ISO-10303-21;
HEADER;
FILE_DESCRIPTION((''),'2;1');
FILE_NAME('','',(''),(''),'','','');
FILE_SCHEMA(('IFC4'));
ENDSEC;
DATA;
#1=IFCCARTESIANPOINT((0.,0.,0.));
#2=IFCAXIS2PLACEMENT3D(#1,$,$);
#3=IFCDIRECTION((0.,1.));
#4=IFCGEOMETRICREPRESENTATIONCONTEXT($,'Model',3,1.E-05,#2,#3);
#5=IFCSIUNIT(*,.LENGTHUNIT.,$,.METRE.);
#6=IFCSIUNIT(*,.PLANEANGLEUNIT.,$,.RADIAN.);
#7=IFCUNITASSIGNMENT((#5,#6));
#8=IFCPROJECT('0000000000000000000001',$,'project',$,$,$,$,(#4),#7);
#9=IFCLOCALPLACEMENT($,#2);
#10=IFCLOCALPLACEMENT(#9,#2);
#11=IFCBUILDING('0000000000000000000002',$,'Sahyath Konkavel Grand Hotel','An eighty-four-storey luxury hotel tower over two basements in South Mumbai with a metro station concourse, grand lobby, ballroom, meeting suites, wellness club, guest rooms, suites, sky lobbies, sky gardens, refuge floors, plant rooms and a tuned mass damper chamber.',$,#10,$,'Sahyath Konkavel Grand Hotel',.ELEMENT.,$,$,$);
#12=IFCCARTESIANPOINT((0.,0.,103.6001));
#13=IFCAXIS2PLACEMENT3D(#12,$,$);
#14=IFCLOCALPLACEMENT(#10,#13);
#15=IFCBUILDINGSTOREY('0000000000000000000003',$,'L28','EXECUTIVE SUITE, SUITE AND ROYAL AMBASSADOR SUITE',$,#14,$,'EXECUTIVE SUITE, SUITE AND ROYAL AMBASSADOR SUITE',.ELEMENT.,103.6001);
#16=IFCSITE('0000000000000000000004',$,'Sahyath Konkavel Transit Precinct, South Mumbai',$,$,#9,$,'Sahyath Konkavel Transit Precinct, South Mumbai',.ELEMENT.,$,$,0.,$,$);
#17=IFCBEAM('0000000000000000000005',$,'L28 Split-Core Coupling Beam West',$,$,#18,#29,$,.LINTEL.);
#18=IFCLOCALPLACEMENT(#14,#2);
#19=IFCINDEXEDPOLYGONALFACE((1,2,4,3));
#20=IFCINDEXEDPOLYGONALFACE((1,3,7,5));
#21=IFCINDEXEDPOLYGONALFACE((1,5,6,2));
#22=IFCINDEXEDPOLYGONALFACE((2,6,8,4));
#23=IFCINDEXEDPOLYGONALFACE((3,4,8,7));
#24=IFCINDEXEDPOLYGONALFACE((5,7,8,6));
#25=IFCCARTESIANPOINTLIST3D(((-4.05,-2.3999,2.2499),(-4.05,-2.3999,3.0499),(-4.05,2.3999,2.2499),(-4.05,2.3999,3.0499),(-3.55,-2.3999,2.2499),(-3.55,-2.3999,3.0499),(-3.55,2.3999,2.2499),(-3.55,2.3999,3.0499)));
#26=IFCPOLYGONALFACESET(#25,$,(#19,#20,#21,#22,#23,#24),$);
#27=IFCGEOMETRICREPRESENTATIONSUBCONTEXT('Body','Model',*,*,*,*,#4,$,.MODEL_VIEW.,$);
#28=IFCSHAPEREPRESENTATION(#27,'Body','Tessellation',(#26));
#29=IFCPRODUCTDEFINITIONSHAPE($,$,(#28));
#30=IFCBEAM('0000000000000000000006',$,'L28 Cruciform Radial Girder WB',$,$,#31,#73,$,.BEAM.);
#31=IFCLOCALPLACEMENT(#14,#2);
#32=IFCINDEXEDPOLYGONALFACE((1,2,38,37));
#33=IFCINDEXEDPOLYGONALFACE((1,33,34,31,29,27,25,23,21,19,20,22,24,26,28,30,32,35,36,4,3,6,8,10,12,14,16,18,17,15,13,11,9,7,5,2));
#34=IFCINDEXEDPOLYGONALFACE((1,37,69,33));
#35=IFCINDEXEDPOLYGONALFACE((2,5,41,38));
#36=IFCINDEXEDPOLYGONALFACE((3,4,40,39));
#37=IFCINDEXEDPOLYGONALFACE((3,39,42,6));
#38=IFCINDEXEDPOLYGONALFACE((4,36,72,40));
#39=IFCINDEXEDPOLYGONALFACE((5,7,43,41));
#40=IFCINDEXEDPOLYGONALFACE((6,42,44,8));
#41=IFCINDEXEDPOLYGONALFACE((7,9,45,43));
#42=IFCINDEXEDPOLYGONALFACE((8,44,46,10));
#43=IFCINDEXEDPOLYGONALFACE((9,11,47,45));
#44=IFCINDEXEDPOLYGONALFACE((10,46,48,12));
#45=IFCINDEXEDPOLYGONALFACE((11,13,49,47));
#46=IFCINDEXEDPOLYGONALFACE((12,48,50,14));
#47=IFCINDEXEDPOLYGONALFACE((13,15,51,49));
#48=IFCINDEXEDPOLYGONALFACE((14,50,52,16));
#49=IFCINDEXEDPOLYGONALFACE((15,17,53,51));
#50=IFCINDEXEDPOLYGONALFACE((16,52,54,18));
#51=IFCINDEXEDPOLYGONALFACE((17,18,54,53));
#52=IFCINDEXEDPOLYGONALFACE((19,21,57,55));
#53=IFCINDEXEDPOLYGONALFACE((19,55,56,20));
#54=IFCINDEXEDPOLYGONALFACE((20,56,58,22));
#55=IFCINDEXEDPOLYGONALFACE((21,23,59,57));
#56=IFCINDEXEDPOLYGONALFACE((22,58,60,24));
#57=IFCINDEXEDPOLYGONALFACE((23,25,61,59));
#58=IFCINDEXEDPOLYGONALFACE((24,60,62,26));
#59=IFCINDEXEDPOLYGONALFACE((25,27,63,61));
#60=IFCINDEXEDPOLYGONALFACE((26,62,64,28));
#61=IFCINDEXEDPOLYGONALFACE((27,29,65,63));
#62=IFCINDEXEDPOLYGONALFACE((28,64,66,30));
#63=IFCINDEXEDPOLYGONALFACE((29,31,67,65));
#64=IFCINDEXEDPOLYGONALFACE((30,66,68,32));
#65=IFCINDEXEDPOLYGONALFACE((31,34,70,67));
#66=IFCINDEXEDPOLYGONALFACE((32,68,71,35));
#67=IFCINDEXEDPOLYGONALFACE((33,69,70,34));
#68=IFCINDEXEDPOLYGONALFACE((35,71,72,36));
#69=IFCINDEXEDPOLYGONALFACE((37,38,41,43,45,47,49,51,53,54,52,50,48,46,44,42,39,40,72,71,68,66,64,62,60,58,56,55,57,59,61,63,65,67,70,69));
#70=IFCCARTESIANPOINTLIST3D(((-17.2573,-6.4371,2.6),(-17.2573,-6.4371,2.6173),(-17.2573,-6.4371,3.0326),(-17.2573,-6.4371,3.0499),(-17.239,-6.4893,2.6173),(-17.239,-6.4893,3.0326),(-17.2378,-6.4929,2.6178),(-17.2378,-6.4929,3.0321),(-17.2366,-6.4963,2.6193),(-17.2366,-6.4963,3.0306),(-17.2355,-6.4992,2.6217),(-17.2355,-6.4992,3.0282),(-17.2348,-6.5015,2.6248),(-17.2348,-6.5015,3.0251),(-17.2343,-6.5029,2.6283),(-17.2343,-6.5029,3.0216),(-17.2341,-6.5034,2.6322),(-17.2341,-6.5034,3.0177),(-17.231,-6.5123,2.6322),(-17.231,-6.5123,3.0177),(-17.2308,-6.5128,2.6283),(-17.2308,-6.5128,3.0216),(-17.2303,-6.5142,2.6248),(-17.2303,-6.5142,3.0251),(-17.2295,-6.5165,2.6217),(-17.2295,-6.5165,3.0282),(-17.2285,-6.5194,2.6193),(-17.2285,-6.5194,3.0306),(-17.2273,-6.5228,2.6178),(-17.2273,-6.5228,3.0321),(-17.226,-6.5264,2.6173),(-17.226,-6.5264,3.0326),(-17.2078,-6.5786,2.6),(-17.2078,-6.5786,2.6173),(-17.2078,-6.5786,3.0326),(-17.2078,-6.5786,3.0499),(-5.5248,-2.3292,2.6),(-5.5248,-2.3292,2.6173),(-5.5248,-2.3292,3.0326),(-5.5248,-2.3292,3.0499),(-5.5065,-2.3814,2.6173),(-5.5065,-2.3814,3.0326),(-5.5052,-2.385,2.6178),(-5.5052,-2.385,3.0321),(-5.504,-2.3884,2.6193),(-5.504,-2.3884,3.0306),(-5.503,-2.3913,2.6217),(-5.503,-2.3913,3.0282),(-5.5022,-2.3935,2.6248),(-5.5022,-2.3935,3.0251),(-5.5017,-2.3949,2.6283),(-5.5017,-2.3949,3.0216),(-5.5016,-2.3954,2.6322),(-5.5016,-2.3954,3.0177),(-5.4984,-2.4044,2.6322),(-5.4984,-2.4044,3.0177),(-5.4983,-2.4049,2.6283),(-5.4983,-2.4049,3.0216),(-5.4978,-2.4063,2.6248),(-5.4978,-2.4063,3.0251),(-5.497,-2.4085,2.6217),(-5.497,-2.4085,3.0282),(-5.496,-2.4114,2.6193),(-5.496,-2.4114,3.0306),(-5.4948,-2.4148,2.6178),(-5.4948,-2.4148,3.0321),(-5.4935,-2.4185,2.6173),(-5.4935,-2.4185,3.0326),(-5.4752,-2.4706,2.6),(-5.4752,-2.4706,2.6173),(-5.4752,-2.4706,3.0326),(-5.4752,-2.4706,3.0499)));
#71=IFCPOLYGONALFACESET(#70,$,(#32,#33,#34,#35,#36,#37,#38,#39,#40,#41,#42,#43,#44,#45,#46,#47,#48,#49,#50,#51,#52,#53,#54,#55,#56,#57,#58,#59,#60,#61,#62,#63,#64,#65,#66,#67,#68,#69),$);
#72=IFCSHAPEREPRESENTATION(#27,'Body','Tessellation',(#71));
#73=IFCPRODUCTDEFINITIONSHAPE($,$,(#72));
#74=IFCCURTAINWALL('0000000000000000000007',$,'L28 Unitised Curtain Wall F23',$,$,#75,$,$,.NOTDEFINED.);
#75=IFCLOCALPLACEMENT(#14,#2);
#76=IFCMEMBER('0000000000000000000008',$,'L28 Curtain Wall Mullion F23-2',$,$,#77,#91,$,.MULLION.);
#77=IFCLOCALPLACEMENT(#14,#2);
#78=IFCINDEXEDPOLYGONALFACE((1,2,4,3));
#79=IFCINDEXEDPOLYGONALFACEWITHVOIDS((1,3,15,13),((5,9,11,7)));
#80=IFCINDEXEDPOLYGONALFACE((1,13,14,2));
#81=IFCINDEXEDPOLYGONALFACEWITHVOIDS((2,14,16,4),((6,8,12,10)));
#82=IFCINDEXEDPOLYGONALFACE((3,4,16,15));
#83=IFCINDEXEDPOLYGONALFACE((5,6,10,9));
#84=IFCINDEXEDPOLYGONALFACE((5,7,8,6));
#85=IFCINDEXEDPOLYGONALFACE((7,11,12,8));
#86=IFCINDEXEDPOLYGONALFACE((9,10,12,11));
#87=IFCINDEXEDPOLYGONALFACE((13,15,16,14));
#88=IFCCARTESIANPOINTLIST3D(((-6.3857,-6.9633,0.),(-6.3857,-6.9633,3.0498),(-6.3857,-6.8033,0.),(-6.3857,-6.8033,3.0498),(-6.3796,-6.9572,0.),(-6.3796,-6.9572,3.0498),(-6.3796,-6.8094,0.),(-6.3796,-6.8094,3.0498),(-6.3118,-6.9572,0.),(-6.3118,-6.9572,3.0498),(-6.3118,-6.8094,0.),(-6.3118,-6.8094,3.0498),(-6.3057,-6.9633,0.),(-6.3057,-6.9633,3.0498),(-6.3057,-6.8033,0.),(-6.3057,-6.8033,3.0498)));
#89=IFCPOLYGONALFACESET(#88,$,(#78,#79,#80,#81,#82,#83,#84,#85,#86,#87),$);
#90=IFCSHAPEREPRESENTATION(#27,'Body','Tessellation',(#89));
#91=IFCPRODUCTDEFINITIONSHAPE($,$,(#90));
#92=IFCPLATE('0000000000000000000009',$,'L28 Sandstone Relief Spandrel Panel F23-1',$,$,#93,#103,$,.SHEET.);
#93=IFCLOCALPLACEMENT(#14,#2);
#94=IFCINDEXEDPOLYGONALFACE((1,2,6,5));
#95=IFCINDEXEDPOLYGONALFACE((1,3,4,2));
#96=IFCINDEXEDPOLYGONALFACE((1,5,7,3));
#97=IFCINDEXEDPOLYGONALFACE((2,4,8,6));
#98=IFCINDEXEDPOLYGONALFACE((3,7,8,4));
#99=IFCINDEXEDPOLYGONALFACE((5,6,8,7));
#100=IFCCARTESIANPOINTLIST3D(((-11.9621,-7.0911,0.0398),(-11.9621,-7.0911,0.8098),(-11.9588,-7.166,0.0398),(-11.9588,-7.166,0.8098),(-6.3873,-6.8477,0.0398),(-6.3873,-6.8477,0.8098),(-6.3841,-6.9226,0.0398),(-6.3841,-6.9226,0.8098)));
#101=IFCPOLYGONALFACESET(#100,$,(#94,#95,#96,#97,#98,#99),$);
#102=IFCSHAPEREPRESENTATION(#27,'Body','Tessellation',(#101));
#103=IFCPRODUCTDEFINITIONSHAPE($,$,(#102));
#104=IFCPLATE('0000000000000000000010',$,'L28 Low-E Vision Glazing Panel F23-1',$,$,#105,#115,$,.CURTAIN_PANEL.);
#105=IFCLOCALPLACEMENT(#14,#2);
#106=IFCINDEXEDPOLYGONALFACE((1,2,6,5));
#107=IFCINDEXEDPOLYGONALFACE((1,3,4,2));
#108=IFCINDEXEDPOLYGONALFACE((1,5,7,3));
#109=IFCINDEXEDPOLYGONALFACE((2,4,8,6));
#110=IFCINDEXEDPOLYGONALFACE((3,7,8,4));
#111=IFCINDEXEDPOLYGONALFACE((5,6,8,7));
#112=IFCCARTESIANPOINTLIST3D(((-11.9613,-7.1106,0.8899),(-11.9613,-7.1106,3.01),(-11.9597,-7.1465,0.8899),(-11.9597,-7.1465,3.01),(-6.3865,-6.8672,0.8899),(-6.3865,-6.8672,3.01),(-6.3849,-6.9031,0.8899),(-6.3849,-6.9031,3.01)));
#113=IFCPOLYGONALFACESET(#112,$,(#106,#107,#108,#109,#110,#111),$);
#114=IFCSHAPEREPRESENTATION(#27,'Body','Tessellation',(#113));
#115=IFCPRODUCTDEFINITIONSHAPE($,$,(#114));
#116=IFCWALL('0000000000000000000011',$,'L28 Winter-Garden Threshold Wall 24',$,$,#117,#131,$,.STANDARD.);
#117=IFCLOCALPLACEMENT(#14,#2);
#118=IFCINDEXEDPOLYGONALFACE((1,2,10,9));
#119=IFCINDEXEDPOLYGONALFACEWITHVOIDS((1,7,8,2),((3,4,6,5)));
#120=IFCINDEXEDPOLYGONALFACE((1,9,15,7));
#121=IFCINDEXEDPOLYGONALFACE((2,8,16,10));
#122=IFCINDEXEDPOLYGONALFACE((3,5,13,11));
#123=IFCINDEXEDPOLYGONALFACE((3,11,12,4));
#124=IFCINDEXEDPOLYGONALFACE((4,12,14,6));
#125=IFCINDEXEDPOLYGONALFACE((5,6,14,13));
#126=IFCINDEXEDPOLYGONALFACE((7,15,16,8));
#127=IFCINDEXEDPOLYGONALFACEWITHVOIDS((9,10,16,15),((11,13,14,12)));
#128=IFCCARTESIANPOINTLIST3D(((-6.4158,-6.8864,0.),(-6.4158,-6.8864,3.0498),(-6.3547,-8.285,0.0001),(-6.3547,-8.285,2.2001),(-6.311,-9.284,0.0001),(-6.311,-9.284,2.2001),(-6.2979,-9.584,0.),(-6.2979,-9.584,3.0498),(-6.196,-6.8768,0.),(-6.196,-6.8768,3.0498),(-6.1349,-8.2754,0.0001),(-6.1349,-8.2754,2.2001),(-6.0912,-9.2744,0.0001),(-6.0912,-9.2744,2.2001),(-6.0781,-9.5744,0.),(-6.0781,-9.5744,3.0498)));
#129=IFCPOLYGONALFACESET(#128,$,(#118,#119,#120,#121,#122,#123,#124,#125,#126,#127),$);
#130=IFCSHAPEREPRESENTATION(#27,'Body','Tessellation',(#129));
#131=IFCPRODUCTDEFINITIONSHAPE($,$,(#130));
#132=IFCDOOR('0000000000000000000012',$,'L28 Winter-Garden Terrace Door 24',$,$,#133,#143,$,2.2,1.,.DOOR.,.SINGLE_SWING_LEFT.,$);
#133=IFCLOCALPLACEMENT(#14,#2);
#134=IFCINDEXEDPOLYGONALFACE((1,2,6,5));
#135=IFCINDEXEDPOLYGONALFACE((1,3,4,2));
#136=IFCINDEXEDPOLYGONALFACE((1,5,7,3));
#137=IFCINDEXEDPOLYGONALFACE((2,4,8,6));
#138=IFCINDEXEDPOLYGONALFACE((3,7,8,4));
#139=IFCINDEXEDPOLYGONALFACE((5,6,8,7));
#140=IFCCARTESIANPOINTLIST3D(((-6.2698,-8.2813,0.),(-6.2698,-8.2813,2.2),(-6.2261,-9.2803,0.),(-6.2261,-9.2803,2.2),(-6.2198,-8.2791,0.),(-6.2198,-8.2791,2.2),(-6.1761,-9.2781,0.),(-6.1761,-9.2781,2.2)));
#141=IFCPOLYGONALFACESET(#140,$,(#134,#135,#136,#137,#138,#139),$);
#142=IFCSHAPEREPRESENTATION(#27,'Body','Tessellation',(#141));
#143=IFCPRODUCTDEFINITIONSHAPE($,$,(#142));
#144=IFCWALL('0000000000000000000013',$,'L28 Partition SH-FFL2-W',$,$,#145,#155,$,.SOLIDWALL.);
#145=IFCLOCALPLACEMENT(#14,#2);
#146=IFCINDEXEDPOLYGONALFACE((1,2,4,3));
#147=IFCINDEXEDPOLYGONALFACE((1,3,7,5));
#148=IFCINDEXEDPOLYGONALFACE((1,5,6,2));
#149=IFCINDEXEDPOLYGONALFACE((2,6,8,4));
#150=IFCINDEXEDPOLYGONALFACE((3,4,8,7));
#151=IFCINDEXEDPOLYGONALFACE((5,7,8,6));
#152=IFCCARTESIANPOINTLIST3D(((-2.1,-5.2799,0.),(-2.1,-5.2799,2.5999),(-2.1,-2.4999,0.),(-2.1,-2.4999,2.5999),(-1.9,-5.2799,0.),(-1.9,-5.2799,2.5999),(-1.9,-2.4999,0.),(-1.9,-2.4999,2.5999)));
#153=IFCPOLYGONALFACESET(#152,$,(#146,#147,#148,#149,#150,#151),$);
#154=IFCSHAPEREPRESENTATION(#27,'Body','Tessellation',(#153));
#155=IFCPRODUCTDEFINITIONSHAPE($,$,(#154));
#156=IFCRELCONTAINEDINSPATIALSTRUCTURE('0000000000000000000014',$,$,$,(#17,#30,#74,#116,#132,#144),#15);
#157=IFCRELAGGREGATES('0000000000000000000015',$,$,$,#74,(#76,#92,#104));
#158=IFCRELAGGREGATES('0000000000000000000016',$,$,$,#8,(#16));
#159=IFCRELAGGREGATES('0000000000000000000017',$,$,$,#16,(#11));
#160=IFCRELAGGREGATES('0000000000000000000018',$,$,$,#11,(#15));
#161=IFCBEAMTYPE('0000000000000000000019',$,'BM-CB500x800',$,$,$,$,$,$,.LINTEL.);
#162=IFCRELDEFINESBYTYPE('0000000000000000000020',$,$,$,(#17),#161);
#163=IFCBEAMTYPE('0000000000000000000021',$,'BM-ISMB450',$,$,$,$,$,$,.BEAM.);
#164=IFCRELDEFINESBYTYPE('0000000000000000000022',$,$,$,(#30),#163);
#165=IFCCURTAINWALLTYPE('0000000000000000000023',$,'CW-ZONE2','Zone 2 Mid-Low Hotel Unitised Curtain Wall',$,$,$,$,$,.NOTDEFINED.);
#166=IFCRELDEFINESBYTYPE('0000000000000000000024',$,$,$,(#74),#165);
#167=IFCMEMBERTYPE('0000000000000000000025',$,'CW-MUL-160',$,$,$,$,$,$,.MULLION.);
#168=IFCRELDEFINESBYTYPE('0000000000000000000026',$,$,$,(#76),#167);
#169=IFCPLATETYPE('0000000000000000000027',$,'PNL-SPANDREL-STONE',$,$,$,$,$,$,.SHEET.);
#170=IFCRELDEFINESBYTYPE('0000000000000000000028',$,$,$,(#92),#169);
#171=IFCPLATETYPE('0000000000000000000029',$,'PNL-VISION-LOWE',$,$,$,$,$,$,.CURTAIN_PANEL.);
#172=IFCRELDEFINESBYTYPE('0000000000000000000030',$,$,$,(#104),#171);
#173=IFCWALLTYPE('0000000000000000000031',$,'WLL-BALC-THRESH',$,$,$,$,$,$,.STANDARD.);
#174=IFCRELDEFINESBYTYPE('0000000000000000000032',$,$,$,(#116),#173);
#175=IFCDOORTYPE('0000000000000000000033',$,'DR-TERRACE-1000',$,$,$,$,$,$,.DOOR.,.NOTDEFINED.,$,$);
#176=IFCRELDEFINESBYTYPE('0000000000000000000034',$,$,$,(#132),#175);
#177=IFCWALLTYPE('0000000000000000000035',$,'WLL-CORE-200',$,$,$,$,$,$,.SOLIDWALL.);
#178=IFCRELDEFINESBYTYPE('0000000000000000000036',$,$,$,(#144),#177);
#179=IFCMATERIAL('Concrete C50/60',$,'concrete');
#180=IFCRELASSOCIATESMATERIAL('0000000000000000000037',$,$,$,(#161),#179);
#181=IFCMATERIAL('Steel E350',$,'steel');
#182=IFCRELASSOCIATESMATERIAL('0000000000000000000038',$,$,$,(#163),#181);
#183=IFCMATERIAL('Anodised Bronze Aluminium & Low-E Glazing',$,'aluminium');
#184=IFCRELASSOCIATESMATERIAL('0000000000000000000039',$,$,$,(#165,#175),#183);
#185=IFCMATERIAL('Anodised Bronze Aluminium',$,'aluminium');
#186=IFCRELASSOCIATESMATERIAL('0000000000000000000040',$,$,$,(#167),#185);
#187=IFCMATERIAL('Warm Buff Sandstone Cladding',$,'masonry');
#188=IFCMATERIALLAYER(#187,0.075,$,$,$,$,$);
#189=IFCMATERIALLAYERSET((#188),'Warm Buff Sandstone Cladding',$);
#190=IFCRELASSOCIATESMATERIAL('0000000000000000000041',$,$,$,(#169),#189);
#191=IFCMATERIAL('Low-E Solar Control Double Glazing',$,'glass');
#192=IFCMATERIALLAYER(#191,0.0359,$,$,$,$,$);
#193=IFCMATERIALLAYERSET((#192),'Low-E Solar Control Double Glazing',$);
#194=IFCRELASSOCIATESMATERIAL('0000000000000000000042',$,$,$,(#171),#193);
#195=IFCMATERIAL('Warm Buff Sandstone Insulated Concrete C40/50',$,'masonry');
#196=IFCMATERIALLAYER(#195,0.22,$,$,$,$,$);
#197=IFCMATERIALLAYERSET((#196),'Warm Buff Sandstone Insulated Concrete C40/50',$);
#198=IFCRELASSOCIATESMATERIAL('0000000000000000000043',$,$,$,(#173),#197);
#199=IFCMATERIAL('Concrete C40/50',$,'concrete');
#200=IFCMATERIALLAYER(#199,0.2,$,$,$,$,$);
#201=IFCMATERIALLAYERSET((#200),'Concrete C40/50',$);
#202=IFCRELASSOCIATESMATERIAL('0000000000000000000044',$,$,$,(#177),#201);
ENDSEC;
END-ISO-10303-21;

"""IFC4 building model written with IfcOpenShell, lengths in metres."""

from ifc_helpers import new_model, si_unit, direction, frame, frame_2d, origin, origin_2d, place, context, subcontext, project, spatial, rectangle, hollow_rectangle, i_section, extrude, source, transform, mapped, material, layer, layer_set, material_profile, profile_set, type_object, element, fill, aggregate, save


model = new_model("IFC4")

# Units and contexts
model_context = context("Model", 3, precision=1e-05, world=origin(), true_north=direction((0.0, 1.0)))
body_context = subcontext(model_context, "Body", "Model", "MODEL_VIEW")
ifc_project = project(units=[si_unit("LENGTHUNIT", "METRE"), si_unit("PLANEANGLEUNIT", "RADIAN")], contexts=[model_context])

# Site, building, storey
site_placement = place(None, origin())
site = spatial("IfcSite", under=ifc_project, at=site_placement, Name="Sahyath Konkavel Transit Precinct, South Mumbai", LongName="Sahyath Konkavel Transit Precinct, South Mumbai", CompositionType="ELEMENT", RefElevation=0.0)
building_placement = place(site_placement, origin())
building = spatial("IfcBuilding", under=site, at=building_placement, Name="Sahyath Konkavel Grand Hotel", Description="An eighty-four-storey luxury hotel tower over two basements in South Mumbai with a metro station concourse, grand lobby, ballroom, meeting suites, wellness club, guest rooms, suites, sky lobbies, sky gardens, refuge floors, plant rooms and a tuned mass damper chamber.", LongName="Sahyath Konkavel Grand Hotel", CompositionType="ELEMENT")
storey_placement = place(building_placement, frame((0.0, 0.0, 103.6001)))
storey = spatial("IfcBuildingStorey", under=building, at=storey_placement, Name="L28", Description="EXECUTIVE SUITE, SUITE AND ROYAL AMBASSADOR SUITE", LongName="EXECUTIVE SUITE, SUITE AND ROYAL AMBASSADOR SUITE", CompositionType="ELEMENT", Elevation=103.6001)

# Shared definitions
ifc_material_1 = material(Name="Concrete C50/60", Category="concrete")

# Beams
ifc_material_2 = material(Name="Steel E350", Category="steel")
ifc_material_profile_1 = material_profile(ifc_material_1, rectangle(XDim=0.5, YDim=0.8, at=origin_2d()), Name="RC 500x800")
ifc_profile_set_1 = profile_set([ifc_material_profile_1], Name="Concrete C50/60")
beam_type_1 = type_object("IfcBeamType", Name="BM-CB500x800", PredefinedType="LINTEL", material=ifc_profile_set_1)
shared_shape_1 = source(origin(), body_context, "Body", "SweptSolid", [
    extrude(rectangle(XDim=0.5, YDim=0.8, at=origin_2d()), origin(), (0.0, 0.0, 1.0), 4.7998),
])
beam_1_placement = place(storey_placement, frame((-3.8, -2.3999, 2.6499), z_axis=(0.0, 1.0, 0.0), x_axis=(-1.0, 0.0, 0.0)))
element("IfcBeam", 1, at=beam_1_placement, inside=storey, type_object=beam_type_1, Name="L28 Split-Core Coupling Beam West", PredefinedType="LINTEL", context=body_context, shape_type="MappedRepresentation", body=[
    mapped(shared_shape_1, transform((0.0, 0.0, 0.0), scale=1.0)),
])
ifc_material_profile_2 = material_profile(ifc_material_2, i_section(OverallWidth=0.1499, OverallDepth=0.45, WebThickness=0.0095, FlangeThickness=0.0173, FilletRadius=0.0149, at=origin_2d()), Name="ISMB 450")
ifc_profile_set_2 = profile_set([ifc_material_profile_2], Name="Steel E350")
beam_type_2 = type_object("IfcBeamType", Name="BM-ISMB450", PredefinedType="BEAM", material=ifc_profile_set_2)
shared_shape_2 = source(origin(), body_context, "Body", "SweptSolid", [
    extrude(i_section(OverallWidth=0.1499, OverallDepth=0.45, WebThickness=0.0095, FlangeThickness=0.0173, FilletRadius=0.0149, at=origin_2d()), origin(), (0.0, 0.0, 1.0), 12.4309),
])
beam_2_placement = place(storey_placement, frame((-5.5, -2.3999, 2.825), z_axis=(-0.943819, -0.330462, 0.0), x_axis=(0.330462, -0.943819, 0.0)))
element("IfcBeam", 2, at=beam_2_placement, inside=storey, type_object=beam_type_2, Name="L28 Cruciform Radial Girder WB", PredefinedType="BEAM", context=body_context, shape_type="MappedRepresentation", body=[
    mapped(shared_shape_2, transform((0.0, 0.0, 0.0), scale=1.0)),
])

# Curtain wall, member, plates
ifc_material_3 = material(Name="Anodised Bronze Aluminium & Low-E Glazing", Category="aluminium")
curtain_wall_type = type_object("IfcCurtainWallType", Name="CW-ZONE2", Description="Zone 2 Mid-Low Hotel Unitised Curtain Wall", PredefinedType="NOTDEFINED", material=ifc_material_3)
curtain_wall_placement = place(storey_placement, origin())
curtain_wall = element("IfcCurtainWall", 3, at=curtain_wall_placement, inside=storey, type_object=curtain_wall_type, Name="L28 Unitised Curtain Wall F23", PredefinedType="NOTDEFINED")
ifc_material_4 = material(Name="Anodised Bronze Aluminium", Category="aluminium")
ifc_material_profile_3 = material_profile(ifc_material_4, hollow_rectangle(XDim=0.0801, YDim=0.1599, WallThickness=0.0061, at=origin_2d()), Name="RHS 160x80x6")
ifc_profile_set_3 = profile_set([ifc_material_profile_3], Name="Anodised Bronze Aluminium")
member_type = type_object("IfcMemberType", Name="CW-MUL-160", PredefinedType="MULLION", material=ifc_profile_set_3)
shared_shape_3 = source(origin(), body_context, "Body", "SweptSolid", [
    extrude(hollow_rectangle(XDim=0.0801, YDim=0.1599, WallThickness=0.0061, at=origin_2d()), origin(), (0.0, 0.0, 1.0), 3.0498),
])
member_placement = place(storey_placement, frame((-6.3457, -6.8833, 0.0), z_axis=(0.0, 0.0, 1.0), x_axis=(1.0, 0.0, 0.0)))
member = element("IfcMember", 4, at=member_placement, type_object=member_type, Name="L28 Curtain Wall Mullion F23-2", PredefinedType="MULLION", context=body_context, shape_type="MappedRepresentation", body=[
    mapped(shared_shape_3, transform((0.0, 0.0, 0.0), scale=1.0)),
])
ifc_material_5 = material(Name="Warm Buff Sandstone Cladding", Category="masonry")
ifc_layer_1 = layer(ifc_material_5, 0.075)
ifc_layer_set_1 = layer_set([ifc_layer_1], Name="Warm Buff Sandstone Cladding")
plate_type_1 = type_object("IfcPlateType", Name="PNL-SPANDREL-STONE", PredefinedType="SHEET", material=ifc_layer_set_1)
shared_shape_4 = source(origin(), body_context, "Body", "SweptSolid", [
    extrude(rectangle(XDim=5.5801, YDim=0.075, at=origin_2d()), origin(), (0.0, 0.0, 1.0), 0.77),
])
plate_1_placement = place(storey_placement, frame((-9.1731, -7.0068, 0.0398), z_axis=(0.0, 0.0, 1.0), x_axis=(0.999048, 0.043619, 0.0)))
plate_1 = element("IfcPlate", 5, at=plate_1_placement, type_object=plate_type_1, Name="L28 Sandstone Relief Spandrel Panel F23-1", PredefinedType="SHEET", context=body_context, shape_type="MappedRepresentation", body=[
    mapped(shared_shape_4, transform((0.0, 0.0, 0.0), scale=1.0)),
])
ifc_material_6 = material(Name="Low-E Solar Control Double Glazing", Category="glass")
ifc_layer_2 = layer(ifc_material_6, 0.0359)
ifc_layer_set_2 = layer_set([ifc_layer_2], Name="Low-E Solar Control Double Glazing")
plate_type_2 = type_object("IfcPlateType", Name="PNL-VISION-LOWE", PredefinedType="CURTAIN_PANEL", material=ifc_layer_set_2)
shared_shape_5 = source(origin(), body_context, "Body", "SweptSolid", [
    extrude(rectangle(XDim=5.5801, YDim=0.0359, at=origin_2d()), origin(), (0.0, 0.0, 1.0), 2.1201),
])
plate_2_placement = place(storey_placement, frame((-9.1731, -7.0068, 0.8899), z_axis=(0.0, 0.0, 1.0), x_axis=(0.999048, 0.043619, 0.0)))
plate_2 = element("IfcPlate", 6, at=plate_2_placement, type_object=plate_type_2, Name="L28 Low-E Vision Glazing Panel F23-1", PredefinedType="CURTAIN_PANEL", context=body_context, shape_type="MappedRepresentation", body=[
    mapped(shared_shape_5, transform((0.0, 0.0, 0.0), scale=1.0)),
])
aggregate(curtain_wall, [member, plate_1, plate_2])

# Wall, opening, door
ifc_material_7 = material(Name="Warm Buff Sandstone Insulated Concrete C40/50", Category="masonry")
ifc_layer_3 = layer(ifc_material_7, 0.22)
ifc_layer_set_3 = layer_set([ifc_layer_3], Name="Warm Buff Sandstone Insulated Concrete C40/50")
wall_type_1 = type_object("IfcWallType", Name="WLL-BALC-THRESH", PredefinedType="STANDARD", material=ifc_layer_set_3)
wall_1_placement = place(storey_placement, frame((-6.3059, -6.8816, 0.0), z_axis=(0.0, 0.0, 1.0), x_axis=(0.043673, -0.999046, 0.0)))
wall_1 = element("IfcWall", 7, at=wall_1_placement, inside=storey, type_object=wall_type_1, Name="L28 Winter-Garden Threshold Wall 24", PredefinedType="STANDARD", context=body_context, shape_type="SweptSolid", body=[
    extrude(rectangle(XDim=2.7002, YDim=0.22, at=frame_2d((1.3501, 0.0))), origin(), (0.0, 0.0, 1.0), 3.0498),
])
opening_1_placement = place(wall_1_placement, frame((1.3999, 0.0, 0.0)))
opening_1 = element("IfcOpeningElement", 8, at=opening_1_placement, cuts=wall_1, PredefinedType="OPENING", context=body_context, shape_type="SweptSolid", body=[
    extrude(rectangle(XDim=1.0, YDim=2.2, at=frame_2d((0.5, 1.1001))), frame((0.0, 0.1201, 0.0), z_axis=(0.0, -1.0, 0.0), x_axis=(1.0, 0.0, 0.0)), (0.0, 0.0, 1.0), 0.24),
])
door_type_1 = type_object("IfcDoorType", Name="DR-TERRACE-1000", OperationType="NOTDEFINED", PredefinedType="DOOR", material=ifc_material_3)
shared_shape_6 = source(origin(), body_context, "Body", "SweptSolid", [
    extrude(rectangle(XDim=1.0, YDim=0.05, at=origin_2d()), origin(), (0.0, 0.0, 1.0), 2.2),
])
door_1_placement = place(opening_1_placement, frame((0.5, 0.0, 0.0)))
door_1 = element("IfcDoor", 9, at=door_1_placement, inside=storey, type_object=door_type_1, Name="L28 Winter-Garden Terrace Door 24", OperationType="SINGLE_SWING_LEFT", OverallHeight=2.2, OverallWidth=1.0, PredefinedType="DOOR", context=body_context, shape_type="MappedRepresentation", body=[
    mapped(shared_shape_6, transform((0.0, 0.0, 0.0), scale=1.0)),
])
fill(opening_1, door_1)

# Wall
ifc_material_8 = material(Name="Concrete C40/50", Category="concrete")
ifc_layer_4 = layer(ifc_material_8, 0.2)
ifc_layer_set_4 = layer_set([ifc_layer_4], Name="Concrete C40/50")
wall_type_2 = type_object("IfcWallType", Name="WLL-CORE-200", PredefinedType="SOLIDWALL", material=ifc_layer_set_4)
wall_2_placement = place(storey_placement, frame((-2.0, -5.28, 0.0), z_axis=(0.0, 0.0, 1.0), x_axis=(0.0, 1.0, 0.0)))
element("IfcWall", 10, at=wall_2_placement, inside=storey, type_object=wall_type_2, Name="L28 Partition SH-FFL2-W", PredefinedType="SOLIDWALL", context=body_context, shape_type="SweptSolid", body=[
    extrude(rectangle(XDim=2.78, YDim=0.2, at=frame_2d((1.3901, 0.0))), origin(), (0.0, 0.0, 1.0), 2.5999),
])

save(model, "model.ifc")
